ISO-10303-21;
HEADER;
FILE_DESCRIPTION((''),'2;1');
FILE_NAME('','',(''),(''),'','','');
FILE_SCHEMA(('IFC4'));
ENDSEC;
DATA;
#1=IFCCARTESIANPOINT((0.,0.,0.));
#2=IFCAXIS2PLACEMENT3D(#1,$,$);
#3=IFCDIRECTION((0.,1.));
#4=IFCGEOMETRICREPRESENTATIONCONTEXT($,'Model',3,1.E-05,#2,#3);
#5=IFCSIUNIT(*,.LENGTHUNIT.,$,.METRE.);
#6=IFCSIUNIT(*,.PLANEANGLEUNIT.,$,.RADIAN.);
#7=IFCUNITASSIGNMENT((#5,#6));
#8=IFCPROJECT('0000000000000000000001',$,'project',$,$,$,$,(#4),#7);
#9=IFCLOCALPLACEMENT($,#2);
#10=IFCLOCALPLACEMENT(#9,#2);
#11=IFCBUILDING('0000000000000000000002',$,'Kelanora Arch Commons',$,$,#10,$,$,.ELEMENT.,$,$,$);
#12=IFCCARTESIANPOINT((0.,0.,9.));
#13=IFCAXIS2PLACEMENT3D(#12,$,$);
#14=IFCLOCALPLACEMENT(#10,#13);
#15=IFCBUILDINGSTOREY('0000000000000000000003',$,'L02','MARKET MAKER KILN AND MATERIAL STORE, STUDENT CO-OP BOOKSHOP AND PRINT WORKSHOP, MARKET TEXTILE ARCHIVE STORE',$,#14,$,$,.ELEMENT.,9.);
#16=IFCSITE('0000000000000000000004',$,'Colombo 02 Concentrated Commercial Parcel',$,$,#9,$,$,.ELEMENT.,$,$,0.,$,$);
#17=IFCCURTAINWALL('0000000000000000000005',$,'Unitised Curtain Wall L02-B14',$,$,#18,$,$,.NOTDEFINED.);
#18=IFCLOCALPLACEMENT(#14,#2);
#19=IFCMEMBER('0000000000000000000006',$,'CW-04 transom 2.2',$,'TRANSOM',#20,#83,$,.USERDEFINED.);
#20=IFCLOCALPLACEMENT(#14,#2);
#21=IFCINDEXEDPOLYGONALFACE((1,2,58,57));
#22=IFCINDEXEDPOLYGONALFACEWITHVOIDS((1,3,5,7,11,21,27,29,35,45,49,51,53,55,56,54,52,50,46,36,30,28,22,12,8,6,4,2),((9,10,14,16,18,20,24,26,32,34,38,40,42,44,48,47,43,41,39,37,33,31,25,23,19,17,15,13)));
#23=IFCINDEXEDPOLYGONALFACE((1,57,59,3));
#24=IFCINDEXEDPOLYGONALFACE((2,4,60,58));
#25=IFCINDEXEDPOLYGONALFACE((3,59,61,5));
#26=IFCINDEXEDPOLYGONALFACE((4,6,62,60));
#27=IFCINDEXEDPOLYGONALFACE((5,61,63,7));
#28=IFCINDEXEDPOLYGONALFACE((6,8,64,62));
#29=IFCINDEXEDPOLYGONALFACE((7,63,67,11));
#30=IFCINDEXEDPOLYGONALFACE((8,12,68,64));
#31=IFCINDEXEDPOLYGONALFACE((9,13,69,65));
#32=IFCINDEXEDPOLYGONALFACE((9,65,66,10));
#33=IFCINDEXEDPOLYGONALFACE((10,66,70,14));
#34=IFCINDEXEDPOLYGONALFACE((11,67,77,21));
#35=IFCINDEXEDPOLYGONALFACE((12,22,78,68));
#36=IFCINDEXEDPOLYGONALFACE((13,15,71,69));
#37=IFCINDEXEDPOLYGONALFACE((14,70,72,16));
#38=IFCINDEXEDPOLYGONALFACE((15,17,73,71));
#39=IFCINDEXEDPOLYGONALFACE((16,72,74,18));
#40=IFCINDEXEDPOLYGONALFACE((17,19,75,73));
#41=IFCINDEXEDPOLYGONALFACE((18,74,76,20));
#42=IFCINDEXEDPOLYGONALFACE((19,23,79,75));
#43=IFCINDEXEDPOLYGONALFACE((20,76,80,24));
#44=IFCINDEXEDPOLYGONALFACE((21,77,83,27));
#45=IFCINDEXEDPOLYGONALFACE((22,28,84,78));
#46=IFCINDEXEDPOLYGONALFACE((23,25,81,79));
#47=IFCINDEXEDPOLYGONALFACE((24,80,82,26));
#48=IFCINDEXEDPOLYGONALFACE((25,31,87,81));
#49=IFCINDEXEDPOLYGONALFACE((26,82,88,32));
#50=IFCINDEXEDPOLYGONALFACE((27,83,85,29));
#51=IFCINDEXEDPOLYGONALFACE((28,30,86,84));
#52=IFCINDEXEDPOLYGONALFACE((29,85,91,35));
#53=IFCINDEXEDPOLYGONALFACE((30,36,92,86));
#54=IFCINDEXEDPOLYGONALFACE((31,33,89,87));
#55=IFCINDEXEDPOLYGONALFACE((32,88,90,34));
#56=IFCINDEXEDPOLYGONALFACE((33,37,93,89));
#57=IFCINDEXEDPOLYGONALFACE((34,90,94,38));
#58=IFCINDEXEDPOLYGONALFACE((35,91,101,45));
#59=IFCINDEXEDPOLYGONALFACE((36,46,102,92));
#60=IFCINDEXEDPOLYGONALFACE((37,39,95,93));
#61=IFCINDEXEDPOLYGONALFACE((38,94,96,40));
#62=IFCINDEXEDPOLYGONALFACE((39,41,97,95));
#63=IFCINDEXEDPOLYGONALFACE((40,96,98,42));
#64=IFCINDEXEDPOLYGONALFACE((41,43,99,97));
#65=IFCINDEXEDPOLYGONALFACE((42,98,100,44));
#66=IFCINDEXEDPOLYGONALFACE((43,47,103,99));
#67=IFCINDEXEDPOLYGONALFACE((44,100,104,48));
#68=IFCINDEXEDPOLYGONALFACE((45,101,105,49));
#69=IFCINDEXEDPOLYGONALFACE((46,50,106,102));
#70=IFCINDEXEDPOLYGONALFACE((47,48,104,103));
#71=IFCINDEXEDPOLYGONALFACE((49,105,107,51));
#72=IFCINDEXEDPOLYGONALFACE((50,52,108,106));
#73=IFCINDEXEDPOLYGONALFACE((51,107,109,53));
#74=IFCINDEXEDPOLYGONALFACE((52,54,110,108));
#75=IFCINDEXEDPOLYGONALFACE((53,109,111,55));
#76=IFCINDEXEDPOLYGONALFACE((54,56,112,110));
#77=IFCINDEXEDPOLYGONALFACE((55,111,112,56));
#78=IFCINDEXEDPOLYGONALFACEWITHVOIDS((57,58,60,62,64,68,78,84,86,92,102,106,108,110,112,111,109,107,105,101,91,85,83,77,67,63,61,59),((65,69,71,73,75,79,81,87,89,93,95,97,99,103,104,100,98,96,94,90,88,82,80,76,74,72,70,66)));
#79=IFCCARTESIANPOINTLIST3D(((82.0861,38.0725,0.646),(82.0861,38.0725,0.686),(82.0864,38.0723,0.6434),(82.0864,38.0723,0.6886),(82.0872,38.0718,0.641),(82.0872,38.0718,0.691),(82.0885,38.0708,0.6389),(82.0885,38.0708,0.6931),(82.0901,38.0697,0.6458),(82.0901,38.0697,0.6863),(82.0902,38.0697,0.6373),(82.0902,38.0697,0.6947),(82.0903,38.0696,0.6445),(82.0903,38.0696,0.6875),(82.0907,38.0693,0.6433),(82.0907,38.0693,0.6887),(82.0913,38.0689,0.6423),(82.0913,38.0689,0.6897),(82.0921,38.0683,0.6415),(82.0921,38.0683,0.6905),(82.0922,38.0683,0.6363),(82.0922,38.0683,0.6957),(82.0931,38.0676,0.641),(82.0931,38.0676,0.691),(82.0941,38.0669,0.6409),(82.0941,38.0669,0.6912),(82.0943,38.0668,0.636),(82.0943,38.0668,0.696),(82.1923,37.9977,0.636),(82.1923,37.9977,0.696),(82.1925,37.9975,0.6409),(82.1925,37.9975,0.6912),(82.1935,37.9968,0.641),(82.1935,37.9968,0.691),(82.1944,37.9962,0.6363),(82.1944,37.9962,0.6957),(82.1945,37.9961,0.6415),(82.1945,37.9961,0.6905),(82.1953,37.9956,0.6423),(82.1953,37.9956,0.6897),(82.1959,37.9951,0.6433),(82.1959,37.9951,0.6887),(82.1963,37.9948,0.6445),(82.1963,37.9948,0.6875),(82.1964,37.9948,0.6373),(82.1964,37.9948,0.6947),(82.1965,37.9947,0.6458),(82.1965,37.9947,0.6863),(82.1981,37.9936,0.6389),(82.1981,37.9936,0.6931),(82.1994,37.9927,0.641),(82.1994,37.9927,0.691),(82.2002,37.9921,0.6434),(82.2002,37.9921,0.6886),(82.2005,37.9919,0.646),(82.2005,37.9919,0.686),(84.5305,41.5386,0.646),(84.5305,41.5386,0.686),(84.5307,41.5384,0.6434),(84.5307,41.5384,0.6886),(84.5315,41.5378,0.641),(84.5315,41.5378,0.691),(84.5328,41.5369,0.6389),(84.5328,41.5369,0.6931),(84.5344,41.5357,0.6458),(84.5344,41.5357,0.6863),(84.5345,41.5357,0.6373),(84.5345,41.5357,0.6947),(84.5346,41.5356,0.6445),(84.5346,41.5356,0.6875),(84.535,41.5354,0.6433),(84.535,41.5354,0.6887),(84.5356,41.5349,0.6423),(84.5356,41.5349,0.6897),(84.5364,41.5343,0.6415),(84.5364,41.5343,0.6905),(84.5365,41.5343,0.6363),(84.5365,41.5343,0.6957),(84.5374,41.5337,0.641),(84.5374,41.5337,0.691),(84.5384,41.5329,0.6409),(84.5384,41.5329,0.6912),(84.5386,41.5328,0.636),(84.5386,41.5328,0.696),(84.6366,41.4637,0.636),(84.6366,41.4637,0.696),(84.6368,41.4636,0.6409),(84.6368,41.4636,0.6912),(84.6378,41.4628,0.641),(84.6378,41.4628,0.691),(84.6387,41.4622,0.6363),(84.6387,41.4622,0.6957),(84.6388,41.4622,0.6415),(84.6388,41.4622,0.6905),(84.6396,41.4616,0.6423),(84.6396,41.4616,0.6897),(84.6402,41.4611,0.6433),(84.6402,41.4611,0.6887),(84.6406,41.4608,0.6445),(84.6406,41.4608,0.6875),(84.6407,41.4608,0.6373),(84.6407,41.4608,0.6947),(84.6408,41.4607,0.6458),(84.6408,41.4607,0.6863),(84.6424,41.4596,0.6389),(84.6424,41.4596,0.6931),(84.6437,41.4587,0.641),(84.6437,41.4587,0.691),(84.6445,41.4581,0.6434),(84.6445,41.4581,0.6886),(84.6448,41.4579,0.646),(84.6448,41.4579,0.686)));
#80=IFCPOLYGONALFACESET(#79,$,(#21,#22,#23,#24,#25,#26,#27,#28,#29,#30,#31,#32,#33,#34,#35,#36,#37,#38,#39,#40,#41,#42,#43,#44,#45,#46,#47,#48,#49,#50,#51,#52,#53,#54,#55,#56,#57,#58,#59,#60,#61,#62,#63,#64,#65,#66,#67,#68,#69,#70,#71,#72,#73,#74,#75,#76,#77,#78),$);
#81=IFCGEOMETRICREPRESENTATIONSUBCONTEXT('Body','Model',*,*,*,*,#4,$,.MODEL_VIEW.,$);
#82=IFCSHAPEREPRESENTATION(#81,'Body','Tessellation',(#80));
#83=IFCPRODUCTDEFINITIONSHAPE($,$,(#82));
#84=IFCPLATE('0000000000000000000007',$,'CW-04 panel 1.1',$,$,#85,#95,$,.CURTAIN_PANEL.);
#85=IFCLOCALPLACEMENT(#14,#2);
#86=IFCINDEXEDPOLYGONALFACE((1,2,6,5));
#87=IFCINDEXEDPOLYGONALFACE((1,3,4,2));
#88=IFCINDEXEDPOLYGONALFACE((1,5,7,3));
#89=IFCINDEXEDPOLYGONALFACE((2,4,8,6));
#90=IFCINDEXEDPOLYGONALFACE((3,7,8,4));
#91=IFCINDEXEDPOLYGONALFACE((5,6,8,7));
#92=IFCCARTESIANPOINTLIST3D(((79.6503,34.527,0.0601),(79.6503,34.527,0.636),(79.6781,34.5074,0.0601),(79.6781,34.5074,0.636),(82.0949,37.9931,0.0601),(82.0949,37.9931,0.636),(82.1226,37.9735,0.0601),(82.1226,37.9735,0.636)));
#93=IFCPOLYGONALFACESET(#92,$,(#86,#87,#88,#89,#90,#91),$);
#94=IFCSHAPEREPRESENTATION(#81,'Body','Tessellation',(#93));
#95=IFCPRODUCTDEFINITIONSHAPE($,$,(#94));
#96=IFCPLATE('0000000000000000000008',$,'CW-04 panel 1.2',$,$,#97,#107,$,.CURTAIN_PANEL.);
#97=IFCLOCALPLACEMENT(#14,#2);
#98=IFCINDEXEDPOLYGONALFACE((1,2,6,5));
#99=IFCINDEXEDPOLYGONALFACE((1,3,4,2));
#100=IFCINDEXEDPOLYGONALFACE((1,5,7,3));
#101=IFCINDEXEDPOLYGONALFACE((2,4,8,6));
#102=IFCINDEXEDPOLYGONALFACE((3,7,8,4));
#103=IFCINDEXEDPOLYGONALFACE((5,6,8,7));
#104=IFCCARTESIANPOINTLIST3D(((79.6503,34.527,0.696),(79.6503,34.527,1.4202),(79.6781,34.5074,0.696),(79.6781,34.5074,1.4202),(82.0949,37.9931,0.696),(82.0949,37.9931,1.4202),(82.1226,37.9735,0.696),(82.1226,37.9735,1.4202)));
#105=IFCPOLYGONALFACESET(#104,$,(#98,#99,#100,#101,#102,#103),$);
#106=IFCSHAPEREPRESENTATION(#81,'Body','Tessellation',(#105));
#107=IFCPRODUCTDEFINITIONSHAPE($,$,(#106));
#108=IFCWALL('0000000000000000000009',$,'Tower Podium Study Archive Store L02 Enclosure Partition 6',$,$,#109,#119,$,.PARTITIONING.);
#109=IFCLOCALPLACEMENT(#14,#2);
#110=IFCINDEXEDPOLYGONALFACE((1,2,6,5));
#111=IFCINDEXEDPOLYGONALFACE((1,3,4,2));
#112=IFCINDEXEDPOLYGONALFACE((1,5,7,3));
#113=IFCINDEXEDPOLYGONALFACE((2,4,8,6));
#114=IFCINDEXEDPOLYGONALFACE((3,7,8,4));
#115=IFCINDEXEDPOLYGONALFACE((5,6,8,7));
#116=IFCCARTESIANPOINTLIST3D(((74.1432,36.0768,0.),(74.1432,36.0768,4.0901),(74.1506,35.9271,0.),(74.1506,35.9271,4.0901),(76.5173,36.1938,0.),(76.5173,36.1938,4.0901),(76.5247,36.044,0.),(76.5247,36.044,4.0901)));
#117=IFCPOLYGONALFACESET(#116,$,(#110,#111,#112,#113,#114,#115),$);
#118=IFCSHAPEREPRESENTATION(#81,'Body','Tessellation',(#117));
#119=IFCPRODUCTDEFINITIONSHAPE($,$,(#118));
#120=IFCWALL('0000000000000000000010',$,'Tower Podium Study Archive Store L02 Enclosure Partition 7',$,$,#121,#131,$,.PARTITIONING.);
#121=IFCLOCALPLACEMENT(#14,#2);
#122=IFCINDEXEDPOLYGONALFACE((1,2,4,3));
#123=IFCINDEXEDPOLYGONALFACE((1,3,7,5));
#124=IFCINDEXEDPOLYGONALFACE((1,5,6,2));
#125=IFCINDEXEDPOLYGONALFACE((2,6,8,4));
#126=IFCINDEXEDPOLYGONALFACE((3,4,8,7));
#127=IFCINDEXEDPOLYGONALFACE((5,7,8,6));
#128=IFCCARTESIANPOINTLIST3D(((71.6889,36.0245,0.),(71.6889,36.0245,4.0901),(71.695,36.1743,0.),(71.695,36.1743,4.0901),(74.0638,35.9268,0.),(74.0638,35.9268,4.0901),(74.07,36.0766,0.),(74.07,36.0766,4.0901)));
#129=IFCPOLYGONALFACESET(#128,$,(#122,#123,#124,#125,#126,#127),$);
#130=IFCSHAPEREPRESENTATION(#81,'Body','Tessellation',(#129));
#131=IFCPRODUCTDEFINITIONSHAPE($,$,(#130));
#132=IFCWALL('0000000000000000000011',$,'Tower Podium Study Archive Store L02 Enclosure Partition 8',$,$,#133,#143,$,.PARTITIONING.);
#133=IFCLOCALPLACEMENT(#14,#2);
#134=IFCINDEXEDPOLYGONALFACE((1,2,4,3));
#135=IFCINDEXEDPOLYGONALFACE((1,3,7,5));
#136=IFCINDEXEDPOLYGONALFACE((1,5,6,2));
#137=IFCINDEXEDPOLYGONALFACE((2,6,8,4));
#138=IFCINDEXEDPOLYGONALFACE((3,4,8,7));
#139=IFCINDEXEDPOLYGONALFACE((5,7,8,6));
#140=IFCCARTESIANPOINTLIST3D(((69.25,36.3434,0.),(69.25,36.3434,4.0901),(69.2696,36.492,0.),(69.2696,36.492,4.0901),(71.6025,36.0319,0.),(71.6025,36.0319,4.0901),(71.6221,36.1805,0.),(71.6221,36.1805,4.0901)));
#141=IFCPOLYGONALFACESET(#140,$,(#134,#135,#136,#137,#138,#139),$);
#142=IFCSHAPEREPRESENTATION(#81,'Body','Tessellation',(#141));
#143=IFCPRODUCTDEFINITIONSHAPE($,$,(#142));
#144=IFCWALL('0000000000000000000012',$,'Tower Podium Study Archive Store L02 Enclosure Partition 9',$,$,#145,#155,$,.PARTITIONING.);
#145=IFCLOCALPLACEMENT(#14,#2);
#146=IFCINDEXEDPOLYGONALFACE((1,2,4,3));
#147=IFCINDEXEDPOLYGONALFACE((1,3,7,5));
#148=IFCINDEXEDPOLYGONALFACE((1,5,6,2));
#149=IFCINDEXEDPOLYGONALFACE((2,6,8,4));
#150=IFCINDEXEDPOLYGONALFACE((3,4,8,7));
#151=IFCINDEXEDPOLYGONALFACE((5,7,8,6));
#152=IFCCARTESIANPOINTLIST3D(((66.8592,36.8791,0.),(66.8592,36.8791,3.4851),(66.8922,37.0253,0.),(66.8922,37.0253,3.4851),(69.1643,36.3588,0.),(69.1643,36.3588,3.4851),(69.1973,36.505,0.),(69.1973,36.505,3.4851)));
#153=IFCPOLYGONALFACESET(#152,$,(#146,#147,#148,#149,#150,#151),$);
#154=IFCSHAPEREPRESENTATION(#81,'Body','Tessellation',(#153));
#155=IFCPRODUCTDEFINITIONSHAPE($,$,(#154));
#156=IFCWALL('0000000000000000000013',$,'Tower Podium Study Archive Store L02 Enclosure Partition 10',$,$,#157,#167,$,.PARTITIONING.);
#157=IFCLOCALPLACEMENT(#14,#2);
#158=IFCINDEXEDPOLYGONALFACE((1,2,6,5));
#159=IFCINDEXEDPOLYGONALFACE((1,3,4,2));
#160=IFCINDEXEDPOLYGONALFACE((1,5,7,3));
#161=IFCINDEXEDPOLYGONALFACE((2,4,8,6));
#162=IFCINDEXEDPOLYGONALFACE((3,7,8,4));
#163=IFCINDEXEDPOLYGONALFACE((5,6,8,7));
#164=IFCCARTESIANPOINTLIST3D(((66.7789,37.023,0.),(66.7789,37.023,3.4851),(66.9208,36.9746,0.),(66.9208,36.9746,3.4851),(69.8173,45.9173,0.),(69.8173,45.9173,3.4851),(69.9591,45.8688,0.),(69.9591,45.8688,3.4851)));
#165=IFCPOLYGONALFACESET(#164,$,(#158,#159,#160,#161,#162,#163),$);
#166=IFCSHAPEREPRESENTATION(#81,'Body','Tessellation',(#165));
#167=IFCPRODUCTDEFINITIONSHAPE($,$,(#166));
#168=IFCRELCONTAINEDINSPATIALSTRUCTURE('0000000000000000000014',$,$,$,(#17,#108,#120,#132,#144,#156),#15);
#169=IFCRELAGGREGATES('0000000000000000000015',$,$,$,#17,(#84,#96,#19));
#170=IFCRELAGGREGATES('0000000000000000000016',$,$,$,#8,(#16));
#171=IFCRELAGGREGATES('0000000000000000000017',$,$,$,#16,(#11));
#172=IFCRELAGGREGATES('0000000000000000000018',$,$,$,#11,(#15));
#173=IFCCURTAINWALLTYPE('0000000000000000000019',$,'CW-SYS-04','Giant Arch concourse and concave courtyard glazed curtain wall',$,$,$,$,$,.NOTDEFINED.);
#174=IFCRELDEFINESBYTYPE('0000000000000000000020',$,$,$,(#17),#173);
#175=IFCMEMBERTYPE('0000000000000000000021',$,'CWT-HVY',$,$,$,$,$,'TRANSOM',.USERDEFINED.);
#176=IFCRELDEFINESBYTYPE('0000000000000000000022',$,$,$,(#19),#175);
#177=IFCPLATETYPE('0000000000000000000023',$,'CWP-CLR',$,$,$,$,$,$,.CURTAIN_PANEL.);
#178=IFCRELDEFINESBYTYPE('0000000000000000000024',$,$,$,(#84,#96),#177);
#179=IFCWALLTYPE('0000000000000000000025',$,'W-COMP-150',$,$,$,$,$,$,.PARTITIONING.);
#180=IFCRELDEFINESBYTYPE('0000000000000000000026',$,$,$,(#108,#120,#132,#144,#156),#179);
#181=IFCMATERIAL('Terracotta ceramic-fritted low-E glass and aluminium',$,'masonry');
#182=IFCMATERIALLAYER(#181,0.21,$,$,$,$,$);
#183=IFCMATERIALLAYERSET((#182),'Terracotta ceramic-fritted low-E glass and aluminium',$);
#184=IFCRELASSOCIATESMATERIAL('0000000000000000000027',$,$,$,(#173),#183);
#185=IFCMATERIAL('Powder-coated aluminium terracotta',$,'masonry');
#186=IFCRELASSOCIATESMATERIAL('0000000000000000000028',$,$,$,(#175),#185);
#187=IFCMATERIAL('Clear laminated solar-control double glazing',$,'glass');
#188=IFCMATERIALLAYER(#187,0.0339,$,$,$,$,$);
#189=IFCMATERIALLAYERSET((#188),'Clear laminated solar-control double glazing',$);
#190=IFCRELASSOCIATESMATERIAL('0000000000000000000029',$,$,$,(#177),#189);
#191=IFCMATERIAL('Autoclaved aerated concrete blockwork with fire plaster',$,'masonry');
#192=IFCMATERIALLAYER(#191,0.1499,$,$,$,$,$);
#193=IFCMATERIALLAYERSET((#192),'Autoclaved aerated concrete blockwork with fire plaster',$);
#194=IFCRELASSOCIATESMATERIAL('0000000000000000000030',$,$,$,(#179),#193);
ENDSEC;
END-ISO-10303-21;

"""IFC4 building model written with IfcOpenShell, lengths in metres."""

from ifc_helpers import new_model, si_unit, direction, frame, frame_2d, origin, origin_2d, place, context, subcontext, project, spatial, rectangle, hollow_rectangle, extrude, source, transform, mapped, material, layer, layer_set, material_profile, profile_set, type_object, element, aggregate, save


model = new_model("IFC4")

# Units and contexts
model_context = context("Model", 3, precision=1e-05, world=origin(), true_north=direction((0.0, 1.0)))
body_context = subcontext(model_context, "Body", "Model", "MODEL_VIEW")
ifc_project = project(units=[si_unit("LENGTHUNIT", "METRE"), si_unit("PLANEANGLEUNIT", "RADIAN")], contexts=[model_context])

# Site, building, storey
site_placement = place(None, origin())
site = spatial("IfcSite", under=ifc_project, at=site_placement, Name="Colombo 02 Concentrated Commercial Parcel", CompositionType="ELEMENT", RefElevation=0.0)
building_placement = place(site_placement, origin())
building = spatial("IfcBuilding", under=site, at=building_placement, Name="Kelanora Arch Commons", CompositionType="ELEMENT")
storey_placement = place(building_placement, frame((0.0, 0.0, 9.0)))
storey = spatial("IfcBuildingStorey", under=building, at=storey_placement, Name="L02", Description="MARKET MAKER KILN AND MATERIAL STORE, STUDENT CO-OP BOOKSHOP AND PRINT WORKSHOP, MARKET TEXTILE ARCHIVE STORE", CompositionType="ELEMENT", Elevation=9.0)

# Curtain wall, member, plates
ifc_material_1 = material(Name="Terracotta ceramic-fritted low-E glass and aluminium", Category="masonry")
ifc_layer_1 = layer(ifc_material_1, 0.21)
ifc_layer_set_1 = layer_set([ifc_layer_1], Name="Terracotta ceramic-fritted low-E glass and aluminium")
curtain_wall_type = type_object("IfcCurtainWallType", Name="CW-SYS-04", Description="Giant Arch concourse and concave courtyard glazed curtain wall", PredefinedType="NOTDEFINED", material=ifc_layer_set_1)
curtain_wall_placement = place(storey_placement, origin())
curtain_wall = element("IfcCurtainWall", 1, at=curtain_wall_placement, inside=storey, type_object=curtain_wall_type, Name="Unitised Curtain Wall L02-B14", PredefinedType="NOTDEFINED")
ifc_material_2 = material(Name="Powder-coated aluminium terracotta", Category="masonry")
ifc_material_profile_1 = material_profile(ifc_material_2, hollow_rectangle(XDim=0.1399, YDim=0.0601, WallThickness=0.0049, InnerFilletRadius=0.0049, OuterFilletRadius=0.01, at=origin_2d()), Name="CWT140x60")
ifc_profile_set_1 = profile_set([ifc_material_profile_1], Name="Powder-coated aluminium terracotta")
member_type_1 = type_object("IfcMemberType", Name="CWT-HVY", ElementType="TRANSOM", PredefinedType="USERDEFINED", material=ifc_profile_set_1)
member_1_placement = place(storey_placement, frame((82.1433, 38.0322, 0.666), z_axis=(0.576322, 0.817223, 0.0), x_axis=(-0.817223, 0.576322, 0.0)))
member_1 = element("IfcMember", 2, at=member_1_placement, type_object=member_type_1, Name="CW-04 transom 2.2", ObjectType="TRANSOM", PredefinedType="USERDEFINED", context=body_context, shape_type="SweptSolid", body=[
    extrude(hollow_rectangle(XDim=0.1399, YDim=0.0601, WallThickness=0.0049, InnerFilletRadius=0.0049, OuterFilletRadius=0.01, at=origin_2d()), origin(), (0.0, 0.0, 1.0), 4.2412),
])
ifc_material_3 = material(Name="Clear laminated solar-control double glazing", Category="glass")
ifc_layer_2 = layer(ifc_material_3, 0.0339)
ifc_layer_set_2 = layer_set([ifc_layer_2], Name="Clear laminated solar-control double glazing")
plate_type = type_object("IfcPlateType", Name="CWP-CLR", PredefinedType="CURTAIN_PANEL", material=ifc_layer_set_2)
shared_shape_1 = source(origin(), body_context, "Body", "SweptSolid", [
    extrude(rectangle(XDim=4.2415, YDim=0.0339, at=origin_2d()), origin(), (0.0, 0.0, 1.0), 0.5759),
])
plate_1_placement = place(storey_placement, frame((80.8865, 36.2502, 0.0601), z_axis=(0.0, 0.0, 1.0), x_axis=(0.576345, 0.817206, 0.0)))
plate_1 = element("IfcPlate", 3, at=plate_1_placement, type_object=plate_type, Name="CW-04 panel 1.1", PredefinedType="CURTAIN_PANEL", context=body_context, shape_type="MappedRepresentation", body=[
    mapped(shared_shape_1, transform((0.0, 0.0, 0.0), scale=1.0)),
])
shared_shape_2 = source(origin(), body_context, "Body", "SweptSolid", [
    extrude(rectangle(XDim=4.2415, YDim=0.0339, at=origin_2d()), origin(), (0.0, 0.0, 1.0), 0.7241),
])
plate_2_placement = place(storey_placement, frame((80.8865, 36.2502, 0.696), z_axis=(0.0, 0.0, 1.0), x_axis=(0.576345, 0.817206, 0.0)))
plate_2 = element("IfcPlate", 4, at=plate_2_placement, type_object=plate_type, Name="CW-04 panel 1.2", PredefinedType="CURTAIN_PANEL", context=body_context, shape_type="MappedRepresentation", body=[
    mapped(shared_shape_2, transform((0.0, 0.0, 0.0), scale=1.0)),
])
aggregate(curtain_wall, [plate_1, plate_2, member_1])

# Walls
ifc_material_4 = material(Name="Autoclaved aerated concrete blockwork with fire plaster", Category="masonry")
ifc_layer_3 = layer(ifc_material_4, 0.1499)
ifc_layer_set_3 = layer_set([ifc_layer_3], Name="Autoclaved aerated concrete blockwork with fire plaster")
wall_type_1 = type_object("IfcWallType", Name="W-COMP-150", PredefinedType="PARTITIONING", material=ifc_layer_set_3)
for number, where, z_axis, x_axis, name in (
    (5, (76.521, 36.1189, 0.0), (0.0, 0.0, 1.0), (-0.998789, -0.0492, 0.0), "Tower Podium Study Archive Store L02 Enclosure Partition 6"),
    (6, (74.0669, 36.0017, 0.0), (0.0, 0.0, 1.0), (-0.999156, 0.041084, 0.0), "Tower Podium Study Archive Store L02 Enclosure Partition 7"),
):
    element("IfcWall", number, at=place(storey_placement, frame(where, z_axis=z_axis, x_axis=x_axis)), inside=storey, type_object=wall_type_1, Name=name, PredefinedType="PARTITIONING", context=body_context, shape_type="SweptSolid", body=[
        extrude(rectangle(XDim=2.377, YDim=0.1499, at=frame_2d((1.1885, 0.0))), origin(), (0.0, 0.0, 1.0), 4.0901),
    ])
wall_1_placement = place(storey_placement, frame((71.6123, 36.1062, 0.0), z_axis=(0.0, 0.0, 1.0), x_axis=(-0.991346, 0.131274, 0.0)))
element("IfcWall", 7, at=wall_1_placement, inside=storey, type_object=wall_type_1, Name="Tower Podium Study Archive Store L02 Enclosure Partition 8", PredefinedType="PARTITIONING", context=body_context, shape_type="SweptSolid", body=[
    extrude(rectangle(XDim=2.373, YDim=0.1499, at=frame_2d((1.1865, 0.0))), origin(), (0.0, 0.0, 1.0), 4.0901),
])
wall_2_placement = place(storey_placement, frame((69.1809, 36.4319, 0.0), z_axis=(0.0, 0.0, 1.0), x_axis=(-0.97546, 0.220178, 0.0)))
element("IfcWall", 8, at=wall_2_placement, inside=storey, type_object=wall_type_1, Name="Tower Podium Study Archive Store L02 Enclosure Partition 9", PredefinedType="PARTITIONING", context=body_context, shape_type="SweptSolid", body=[
    extrude(rectangle(XDim=2.363, YDim=0.1499, at=frame_2d((1.1816, 0.0))), origin(), (0.0, 0.0, 1.0), 3.4851),
])
wall_3_placement = place(storey_placement, frame((66.8499, 36.9988, 0.0), z_axis=(0.0, 0.0, 1.0), x_axis=(0.323264, 0.946309, 0.0)))
element("IfcWall", 9, at=wall_3_placement, inside=storey, type_object=wall_type_1, Name="Tower Podium Study Archive Store L02 Enclosure Partition 10", PredefinedType="PARTITIONING", context=body_context, shape_type="SweptSolid", body=[
    extrude(rectangle(XDim=9.3989, YDim=0.1499, at=frame_2d((4.6995, 0.0))), origin(), (0.0, 0.0, 1.0), 3.4851),
])

save(model, "model.ifc")
